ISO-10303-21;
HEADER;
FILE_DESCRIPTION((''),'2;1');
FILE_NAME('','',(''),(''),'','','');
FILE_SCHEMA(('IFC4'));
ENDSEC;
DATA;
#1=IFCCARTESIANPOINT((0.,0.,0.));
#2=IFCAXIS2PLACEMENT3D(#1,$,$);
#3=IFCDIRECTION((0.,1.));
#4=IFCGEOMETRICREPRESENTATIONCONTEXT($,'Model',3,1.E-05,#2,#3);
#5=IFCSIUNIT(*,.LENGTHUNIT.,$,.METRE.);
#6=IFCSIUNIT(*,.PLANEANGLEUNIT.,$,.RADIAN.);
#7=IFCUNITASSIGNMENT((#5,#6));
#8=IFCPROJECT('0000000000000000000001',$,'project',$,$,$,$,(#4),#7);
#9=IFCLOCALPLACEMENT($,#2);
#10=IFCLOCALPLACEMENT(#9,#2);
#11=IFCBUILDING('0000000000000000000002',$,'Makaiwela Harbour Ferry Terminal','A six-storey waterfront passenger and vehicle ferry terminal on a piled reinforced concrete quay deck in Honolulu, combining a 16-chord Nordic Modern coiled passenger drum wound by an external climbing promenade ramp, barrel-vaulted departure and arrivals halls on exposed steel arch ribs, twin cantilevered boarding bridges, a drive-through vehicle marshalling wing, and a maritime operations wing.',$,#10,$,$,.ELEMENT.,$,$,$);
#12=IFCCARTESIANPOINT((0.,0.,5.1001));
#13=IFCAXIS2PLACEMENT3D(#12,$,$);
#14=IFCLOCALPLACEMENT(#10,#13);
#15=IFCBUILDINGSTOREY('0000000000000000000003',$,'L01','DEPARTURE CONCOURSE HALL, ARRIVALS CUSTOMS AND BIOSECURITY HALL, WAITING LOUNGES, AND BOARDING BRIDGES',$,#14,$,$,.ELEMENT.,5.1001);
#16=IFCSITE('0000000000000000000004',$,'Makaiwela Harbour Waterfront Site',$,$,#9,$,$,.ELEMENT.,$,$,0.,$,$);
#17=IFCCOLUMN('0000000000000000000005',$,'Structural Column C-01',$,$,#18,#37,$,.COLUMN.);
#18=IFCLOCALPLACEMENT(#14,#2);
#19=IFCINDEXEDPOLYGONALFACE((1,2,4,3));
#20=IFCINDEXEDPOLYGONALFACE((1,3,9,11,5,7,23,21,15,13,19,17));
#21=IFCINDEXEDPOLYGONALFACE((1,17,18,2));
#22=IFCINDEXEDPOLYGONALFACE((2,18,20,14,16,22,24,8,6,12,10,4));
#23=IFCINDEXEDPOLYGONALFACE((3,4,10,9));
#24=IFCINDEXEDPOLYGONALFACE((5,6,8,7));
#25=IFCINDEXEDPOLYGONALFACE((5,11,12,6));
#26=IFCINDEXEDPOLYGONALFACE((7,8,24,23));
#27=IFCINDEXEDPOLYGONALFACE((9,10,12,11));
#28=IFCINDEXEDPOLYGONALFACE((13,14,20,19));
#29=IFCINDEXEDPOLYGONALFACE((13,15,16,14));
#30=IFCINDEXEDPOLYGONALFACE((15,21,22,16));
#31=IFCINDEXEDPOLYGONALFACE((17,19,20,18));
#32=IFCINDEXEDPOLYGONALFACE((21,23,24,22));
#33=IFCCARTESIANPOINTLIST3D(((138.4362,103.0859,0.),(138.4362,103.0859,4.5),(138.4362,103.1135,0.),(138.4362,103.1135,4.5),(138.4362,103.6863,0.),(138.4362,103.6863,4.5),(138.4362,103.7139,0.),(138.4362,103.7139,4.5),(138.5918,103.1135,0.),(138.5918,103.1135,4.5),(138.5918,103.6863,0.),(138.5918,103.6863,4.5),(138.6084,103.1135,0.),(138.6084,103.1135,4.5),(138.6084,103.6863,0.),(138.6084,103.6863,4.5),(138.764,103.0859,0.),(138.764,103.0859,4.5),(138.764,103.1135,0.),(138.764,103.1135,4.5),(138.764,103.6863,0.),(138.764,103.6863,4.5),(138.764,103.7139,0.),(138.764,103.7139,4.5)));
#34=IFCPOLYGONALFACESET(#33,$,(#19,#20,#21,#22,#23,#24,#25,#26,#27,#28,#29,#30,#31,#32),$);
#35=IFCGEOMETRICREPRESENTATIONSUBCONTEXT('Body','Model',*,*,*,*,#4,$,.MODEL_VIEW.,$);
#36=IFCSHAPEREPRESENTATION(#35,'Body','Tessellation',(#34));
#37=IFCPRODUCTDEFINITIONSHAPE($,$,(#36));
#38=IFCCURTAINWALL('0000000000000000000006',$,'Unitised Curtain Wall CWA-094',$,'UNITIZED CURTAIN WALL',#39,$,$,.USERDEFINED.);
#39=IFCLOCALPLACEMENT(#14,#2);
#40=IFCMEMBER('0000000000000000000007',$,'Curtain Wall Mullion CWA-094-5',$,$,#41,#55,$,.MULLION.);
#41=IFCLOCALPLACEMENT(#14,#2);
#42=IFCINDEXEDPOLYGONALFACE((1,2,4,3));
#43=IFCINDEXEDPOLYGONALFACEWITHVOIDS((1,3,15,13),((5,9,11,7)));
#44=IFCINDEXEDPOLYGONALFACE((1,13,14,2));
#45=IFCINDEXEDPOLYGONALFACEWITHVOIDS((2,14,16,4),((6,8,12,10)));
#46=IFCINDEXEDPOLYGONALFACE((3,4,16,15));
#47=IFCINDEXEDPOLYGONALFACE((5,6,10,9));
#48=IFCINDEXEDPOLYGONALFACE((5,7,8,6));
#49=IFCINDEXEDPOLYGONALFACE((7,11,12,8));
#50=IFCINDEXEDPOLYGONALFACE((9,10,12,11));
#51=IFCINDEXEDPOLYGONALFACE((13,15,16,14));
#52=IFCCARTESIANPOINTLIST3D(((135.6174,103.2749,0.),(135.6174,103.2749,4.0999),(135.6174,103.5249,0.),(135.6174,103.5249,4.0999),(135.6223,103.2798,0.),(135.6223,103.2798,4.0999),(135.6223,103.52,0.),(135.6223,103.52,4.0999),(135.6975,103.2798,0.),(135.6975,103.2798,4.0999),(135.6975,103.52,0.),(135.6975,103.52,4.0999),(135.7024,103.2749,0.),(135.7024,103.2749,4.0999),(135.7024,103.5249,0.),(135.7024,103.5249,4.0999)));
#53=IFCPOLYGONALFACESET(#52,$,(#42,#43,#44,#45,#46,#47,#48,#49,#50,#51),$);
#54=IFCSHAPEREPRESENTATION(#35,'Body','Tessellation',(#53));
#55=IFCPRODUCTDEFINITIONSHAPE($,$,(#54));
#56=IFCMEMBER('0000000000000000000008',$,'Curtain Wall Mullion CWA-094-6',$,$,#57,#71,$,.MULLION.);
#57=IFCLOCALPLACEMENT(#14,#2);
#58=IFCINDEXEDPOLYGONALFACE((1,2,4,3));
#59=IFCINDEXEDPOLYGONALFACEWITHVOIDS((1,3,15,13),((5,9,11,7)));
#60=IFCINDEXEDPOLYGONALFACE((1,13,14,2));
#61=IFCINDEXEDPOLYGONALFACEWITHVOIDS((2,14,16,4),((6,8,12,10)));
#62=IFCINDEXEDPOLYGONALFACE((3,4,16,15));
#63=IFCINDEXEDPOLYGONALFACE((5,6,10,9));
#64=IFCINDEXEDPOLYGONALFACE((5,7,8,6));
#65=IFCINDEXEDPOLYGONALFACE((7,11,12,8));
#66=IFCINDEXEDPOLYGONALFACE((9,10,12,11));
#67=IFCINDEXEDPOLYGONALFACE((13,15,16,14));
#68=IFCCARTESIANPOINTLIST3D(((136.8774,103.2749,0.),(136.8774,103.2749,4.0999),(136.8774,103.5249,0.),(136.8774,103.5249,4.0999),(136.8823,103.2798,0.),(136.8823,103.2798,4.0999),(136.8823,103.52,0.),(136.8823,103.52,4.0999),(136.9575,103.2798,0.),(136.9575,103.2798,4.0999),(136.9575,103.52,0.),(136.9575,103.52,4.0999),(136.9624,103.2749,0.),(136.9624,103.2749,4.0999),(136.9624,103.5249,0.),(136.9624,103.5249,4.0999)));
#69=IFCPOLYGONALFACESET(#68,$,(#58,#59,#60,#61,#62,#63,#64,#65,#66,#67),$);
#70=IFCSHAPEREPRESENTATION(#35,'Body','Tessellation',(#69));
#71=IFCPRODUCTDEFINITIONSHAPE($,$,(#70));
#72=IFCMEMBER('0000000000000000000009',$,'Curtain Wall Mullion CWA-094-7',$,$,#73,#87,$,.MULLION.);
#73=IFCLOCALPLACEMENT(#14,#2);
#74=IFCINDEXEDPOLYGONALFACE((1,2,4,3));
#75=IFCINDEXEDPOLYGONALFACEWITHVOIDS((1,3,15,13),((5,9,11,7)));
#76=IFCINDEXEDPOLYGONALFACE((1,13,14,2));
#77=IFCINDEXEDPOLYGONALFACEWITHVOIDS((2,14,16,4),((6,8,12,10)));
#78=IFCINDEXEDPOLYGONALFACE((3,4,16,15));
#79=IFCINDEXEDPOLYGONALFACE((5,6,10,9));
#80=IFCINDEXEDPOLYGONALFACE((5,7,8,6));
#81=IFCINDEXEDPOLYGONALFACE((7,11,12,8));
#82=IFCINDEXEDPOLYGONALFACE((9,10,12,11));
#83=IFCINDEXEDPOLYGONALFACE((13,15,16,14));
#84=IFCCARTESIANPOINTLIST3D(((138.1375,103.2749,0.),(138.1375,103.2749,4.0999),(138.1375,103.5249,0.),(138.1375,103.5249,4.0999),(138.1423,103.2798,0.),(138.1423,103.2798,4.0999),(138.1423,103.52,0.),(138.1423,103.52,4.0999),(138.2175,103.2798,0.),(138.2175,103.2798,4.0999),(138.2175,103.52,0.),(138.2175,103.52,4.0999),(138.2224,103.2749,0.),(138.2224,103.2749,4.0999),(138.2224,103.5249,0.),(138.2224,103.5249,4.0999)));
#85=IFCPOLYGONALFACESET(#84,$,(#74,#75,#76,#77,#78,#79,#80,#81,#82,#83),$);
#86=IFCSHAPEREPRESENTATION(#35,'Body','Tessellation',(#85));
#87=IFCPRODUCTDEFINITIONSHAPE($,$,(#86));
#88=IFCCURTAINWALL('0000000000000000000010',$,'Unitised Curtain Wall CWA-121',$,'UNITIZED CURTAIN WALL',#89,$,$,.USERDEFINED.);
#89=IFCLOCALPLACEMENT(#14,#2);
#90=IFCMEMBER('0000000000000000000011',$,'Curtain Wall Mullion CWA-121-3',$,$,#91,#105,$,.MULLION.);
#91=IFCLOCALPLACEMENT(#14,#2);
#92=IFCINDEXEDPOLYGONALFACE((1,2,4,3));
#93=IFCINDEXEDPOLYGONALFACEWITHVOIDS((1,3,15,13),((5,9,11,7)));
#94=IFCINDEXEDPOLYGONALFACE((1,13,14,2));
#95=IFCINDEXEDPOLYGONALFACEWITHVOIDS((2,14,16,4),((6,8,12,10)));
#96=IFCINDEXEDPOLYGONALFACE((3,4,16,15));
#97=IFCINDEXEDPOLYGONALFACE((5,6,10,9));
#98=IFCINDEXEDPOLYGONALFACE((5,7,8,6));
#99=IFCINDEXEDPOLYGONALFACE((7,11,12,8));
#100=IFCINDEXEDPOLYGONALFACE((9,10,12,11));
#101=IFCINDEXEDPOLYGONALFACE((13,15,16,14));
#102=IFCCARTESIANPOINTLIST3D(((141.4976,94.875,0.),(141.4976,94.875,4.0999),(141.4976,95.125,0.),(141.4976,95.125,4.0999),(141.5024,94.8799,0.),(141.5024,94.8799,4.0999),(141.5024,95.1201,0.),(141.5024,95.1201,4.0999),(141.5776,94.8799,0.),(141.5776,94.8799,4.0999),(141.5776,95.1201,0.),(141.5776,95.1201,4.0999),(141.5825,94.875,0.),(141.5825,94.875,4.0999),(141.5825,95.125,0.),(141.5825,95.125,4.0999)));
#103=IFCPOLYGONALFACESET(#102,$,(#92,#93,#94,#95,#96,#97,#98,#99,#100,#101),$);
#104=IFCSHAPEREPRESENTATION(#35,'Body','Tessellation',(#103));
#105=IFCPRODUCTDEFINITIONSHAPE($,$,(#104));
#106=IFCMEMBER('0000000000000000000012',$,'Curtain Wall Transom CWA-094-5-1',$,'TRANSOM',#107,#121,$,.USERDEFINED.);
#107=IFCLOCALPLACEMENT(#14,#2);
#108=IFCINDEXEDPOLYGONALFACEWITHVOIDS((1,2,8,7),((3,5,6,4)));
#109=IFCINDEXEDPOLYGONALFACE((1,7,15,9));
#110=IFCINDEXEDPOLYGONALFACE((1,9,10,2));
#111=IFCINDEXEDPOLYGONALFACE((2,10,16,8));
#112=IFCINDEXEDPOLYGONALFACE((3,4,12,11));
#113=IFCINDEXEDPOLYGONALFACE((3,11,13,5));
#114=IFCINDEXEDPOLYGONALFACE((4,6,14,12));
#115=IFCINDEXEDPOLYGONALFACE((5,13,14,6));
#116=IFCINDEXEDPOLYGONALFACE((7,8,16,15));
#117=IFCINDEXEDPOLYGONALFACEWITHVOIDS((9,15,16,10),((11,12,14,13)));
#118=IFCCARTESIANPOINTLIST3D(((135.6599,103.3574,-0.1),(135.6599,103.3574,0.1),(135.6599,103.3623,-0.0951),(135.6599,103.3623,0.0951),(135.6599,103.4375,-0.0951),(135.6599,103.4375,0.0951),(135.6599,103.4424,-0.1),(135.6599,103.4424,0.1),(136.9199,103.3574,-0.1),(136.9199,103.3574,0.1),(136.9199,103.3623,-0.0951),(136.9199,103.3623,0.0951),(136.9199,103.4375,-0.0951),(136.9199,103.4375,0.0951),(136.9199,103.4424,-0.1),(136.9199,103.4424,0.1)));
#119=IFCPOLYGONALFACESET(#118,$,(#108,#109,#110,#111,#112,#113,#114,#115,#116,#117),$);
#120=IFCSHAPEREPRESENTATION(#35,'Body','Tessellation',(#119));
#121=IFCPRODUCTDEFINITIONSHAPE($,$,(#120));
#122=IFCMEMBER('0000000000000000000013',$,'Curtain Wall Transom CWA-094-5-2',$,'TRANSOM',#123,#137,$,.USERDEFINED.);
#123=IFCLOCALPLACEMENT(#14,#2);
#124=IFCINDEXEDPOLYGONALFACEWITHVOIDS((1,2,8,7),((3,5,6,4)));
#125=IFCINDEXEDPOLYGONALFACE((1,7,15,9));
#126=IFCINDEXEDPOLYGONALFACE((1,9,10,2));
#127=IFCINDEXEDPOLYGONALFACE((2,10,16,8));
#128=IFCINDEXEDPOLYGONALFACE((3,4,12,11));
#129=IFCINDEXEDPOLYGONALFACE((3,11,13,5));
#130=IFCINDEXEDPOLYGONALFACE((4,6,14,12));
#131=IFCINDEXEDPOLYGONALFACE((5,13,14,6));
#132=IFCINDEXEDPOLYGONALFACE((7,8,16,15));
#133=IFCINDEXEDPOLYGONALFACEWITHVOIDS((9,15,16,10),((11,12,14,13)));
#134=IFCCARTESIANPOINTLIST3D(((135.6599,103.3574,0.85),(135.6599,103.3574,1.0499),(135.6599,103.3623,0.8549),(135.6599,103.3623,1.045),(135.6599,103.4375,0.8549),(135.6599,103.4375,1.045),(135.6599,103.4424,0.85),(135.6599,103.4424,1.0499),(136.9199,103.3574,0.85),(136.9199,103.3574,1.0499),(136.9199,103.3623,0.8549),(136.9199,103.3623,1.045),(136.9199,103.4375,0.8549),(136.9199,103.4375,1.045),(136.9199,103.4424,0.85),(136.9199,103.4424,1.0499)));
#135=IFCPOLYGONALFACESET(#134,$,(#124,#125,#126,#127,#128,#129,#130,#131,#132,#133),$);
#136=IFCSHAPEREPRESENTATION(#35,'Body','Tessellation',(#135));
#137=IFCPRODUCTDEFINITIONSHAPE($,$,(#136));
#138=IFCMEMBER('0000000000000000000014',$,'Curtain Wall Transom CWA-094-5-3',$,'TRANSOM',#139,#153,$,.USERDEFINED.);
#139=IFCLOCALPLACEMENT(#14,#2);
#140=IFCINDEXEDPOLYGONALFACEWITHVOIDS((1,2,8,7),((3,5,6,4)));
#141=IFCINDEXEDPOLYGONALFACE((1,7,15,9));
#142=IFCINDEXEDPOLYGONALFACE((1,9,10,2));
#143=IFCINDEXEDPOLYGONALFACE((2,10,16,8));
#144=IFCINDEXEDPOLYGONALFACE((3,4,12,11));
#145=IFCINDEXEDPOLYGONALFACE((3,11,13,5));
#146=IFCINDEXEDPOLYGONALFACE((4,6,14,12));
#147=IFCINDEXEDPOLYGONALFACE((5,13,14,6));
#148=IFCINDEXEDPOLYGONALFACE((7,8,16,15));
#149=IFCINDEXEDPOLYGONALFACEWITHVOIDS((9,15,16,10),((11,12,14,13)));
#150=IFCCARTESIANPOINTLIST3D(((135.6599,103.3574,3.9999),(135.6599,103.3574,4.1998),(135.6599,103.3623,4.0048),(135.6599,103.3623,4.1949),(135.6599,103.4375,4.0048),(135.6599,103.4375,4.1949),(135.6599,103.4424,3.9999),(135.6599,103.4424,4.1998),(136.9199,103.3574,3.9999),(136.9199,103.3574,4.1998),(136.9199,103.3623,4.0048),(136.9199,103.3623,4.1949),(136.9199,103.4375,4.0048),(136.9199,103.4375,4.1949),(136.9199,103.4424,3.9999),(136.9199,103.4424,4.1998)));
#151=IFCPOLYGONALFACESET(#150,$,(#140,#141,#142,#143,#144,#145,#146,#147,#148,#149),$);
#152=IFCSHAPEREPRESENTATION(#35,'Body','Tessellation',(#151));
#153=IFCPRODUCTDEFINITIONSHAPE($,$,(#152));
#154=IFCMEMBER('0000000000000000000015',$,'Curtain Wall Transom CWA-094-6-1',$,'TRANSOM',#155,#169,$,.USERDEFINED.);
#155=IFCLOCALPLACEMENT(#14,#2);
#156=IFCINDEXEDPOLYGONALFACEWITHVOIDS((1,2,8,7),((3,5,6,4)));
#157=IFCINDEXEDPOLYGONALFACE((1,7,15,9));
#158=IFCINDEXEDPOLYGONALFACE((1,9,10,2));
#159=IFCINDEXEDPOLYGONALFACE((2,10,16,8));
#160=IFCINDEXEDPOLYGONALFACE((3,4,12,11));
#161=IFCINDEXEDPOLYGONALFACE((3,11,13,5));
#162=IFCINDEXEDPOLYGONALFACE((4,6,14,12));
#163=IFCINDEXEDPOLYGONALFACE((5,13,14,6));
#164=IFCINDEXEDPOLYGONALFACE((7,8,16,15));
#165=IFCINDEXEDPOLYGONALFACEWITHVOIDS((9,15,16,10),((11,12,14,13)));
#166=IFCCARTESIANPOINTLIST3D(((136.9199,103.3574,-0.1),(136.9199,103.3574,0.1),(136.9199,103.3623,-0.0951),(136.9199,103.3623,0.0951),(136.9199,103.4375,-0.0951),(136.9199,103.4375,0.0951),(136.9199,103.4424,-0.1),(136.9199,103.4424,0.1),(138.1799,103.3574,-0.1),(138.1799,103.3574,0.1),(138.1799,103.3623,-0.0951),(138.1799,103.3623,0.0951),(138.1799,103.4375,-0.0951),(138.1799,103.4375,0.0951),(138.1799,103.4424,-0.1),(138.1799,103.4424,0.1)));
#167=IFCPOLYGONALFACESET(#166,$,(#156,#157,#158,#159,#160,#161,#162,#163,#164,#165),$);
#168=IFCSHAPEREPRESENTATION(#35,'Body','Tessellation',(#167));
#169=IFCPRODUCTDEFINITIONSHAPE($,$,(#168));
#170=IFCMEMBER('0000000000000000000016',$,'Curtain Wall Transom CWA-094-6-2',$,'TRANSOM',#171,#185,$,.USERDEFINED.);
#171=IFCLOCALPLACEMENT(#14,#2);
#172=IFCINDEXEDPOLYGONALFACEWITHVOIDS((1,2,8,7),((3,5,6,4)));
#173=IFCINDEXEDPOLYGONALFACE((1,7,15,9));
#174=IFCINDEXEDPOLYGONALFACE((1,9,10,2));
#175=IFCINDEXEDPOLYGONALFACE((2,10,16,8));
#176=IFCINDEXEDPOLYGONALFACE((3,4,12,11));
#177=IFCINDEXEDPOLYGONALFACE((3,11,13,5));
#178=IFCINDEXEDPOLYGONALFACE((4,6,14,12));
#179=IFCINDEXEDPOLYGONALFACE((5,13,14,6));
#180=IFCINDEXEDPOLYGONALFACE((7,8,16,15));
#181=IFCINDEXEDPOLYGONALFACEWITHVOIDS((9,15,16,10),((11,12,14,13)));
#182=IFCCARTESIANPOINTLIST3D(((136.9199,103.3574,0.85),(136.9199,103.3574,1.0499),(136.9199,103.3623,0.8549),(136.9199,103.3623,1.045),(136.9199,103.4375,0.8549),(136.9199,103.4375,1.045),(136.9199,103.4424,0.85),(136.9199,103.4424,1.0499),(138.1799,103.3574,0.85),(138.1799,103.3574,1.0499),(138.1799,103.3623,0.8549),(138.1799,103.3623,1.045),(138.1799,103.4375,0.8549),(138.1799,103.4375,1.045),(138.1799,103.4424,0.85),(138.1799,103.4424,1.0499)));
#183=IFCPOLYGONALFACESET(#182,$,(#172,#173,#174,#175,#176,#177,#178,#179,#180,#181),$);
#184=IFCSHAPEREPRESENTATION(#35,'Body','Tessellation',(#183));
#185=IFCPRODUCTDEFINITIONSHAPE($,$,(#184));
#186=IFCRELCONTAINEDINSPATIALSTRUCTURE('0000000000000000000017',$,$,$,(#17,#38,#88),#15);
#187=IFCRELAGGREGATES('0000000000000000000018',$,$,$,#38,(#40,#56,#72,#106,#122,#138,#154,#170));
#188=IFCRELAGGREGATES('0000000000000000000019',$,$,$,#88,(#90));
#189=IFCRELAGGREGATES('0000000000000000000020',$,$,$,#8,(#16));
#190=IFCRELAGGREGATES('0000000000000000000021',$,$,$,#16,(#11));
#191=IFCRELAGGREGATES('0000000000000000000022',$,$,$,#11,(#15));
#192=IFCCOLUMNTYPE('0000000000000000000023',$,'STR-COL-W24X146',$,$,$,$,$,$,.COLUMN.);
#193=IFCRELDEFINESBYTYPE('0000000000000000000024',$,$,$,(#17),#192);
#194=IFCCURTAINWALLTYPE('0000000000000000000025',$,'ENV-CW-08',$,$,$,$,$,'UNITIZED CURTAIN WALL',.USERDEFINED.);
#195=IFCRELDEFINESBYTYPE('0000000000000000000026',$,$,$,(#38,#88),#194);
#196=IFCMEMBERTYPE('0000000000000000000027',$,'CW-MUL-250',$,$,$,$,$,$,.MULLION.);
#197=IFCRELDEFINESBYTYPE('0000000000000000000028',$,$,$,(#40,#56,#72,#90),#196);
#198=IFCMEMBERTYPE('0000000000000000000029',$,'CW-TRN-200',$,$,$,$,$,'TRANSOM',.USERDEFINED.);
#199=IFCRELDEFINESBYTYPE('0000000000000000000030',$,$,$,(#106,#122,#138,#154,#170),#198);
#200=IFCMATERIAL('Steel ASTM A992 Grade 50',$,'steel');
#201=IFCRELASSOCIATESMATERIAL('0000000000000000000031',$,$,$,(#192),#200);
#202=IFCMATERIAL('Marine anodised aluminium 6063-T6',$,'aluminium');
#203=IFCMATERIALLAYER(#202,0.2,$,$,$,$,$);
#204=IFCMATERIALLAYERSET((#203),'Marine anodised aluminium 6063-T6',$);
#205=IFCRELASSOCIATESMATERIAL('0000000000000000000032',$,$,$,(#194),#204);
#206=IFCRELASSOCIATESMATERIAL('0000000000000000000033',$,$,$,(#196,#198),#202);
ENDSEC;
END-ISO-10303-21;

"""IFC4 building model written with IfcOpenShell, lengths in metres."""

from ifc_helpers import new_model, si_unit, direction, frame, origin, origin_2d, place, context, subcontext, project, spatial, hollow_rectangle, i_section, extrude, material, layer, layer_set, material_profile, profile_set, type_object, element, aggregate, save


model = new_model("IFC4")

# Units and contexts
model_context = context("Model", 3, precision=1e-05, world=origin(), true_north=direction((0.0, 1.0)))
body_context = subcontext(model_context, "Body", "Model", "MODEL_VIEW")
ifc_project = project(units=[si_unit("LENGTHUNIT", "METRE"), si_unit("PLANEANGLEUNIT", "RADIAN")], contexts=[model_context])

# Site, building, storey
site_placement = place(None, origin())
site = spatial("IfcSite", under=ifc_project, at=site_placement, Name="Makaiwela Harbour Waterfront Site", CompositionType="ELEMENT", RefElevation=0.0)
building_placement = place(site_placement, origin())
building = spatial("IfcBuilding", under=site, at=building_placement, Name="Makaiwela Harbour Ferry Terminal", Description="A six-storey waterfront passenger and vehicle ferry terminal on a piled reinforced concrete quay deck in Honolulu, combining a 16-chord Nordic Modern coiled passenger drum wound by an external climbing promenade ramp, barrel-vaulted departure and arrivals halls on exposed steel arch ribs, twin cantilevered boarding bridges, a drive-through vehicle marshalling wing, and a maritime operations wing.", CompositionType="ELEMENT")
storey_placement = place(building_placement, frame((0.0, 0.0, 5.1001)))
storey = spatial("IfcBuildingStorey", under=building, at=storey_placement, Name="L01", Description="DEPARTURE CONCOURSE HALL, ARRIVALS CUSTOMS AND BIOSECURITY HALL, WAITING LOUNGES, AND BOARDING BRIDGES", CompositionType="ELEMENT", Elevation=5.1001)

# Column
ifc_material_1 = material(Name="Steel ASTM A992 Grade 50", Category="steel")
ifc_material_profile_1 = material_profile(ifc_material_1, i_section(OverallWidth=0.3279, OverallDepth=0.6279, WebThickness=0.0166, FlangeThickness=0.0276, at=origin_2d()), Name="W24X146")
ifc_profile_set_1 = profile_set([ifc_material_profile_1], Name="Steel ASTM A992 Grade 50")
column_type = type_object("IfcColumnType", Name="STR-COL-W24X146", PredefinedType="COLUMN", material=ifc_profile_set_1)
column_placement = place(storey_placement, frame((138.6001, 103.3999, 0.0), z_axis=(0.0, 0.0, 1.0), x_axis=(1.0, 0.0, 0.0)))
element("IfcColumn", 1, at=column_placement, inside=storey, type_object=column_type, Name="Structural Column C-01", PredefinedType="COLUMN", context=body_context, shape_type="SweptSolid", body=[
    extrude(i_section(OverallWidth=0.3279, OverallDepth=0.6279, WebThickness=0.0166, FlangeThickness=0.0276, at=origin_2d()), origin(), (0.0, 0.0, 1.0), 4.5),
])

# Curtain wall, members
ifc_material_2 = material(Name="Marine anodised aluminium 6063-T6", Category="aluminium")
ifc_layer_1 = layer(ifc_material_2, 0.2)
ifc_layer_set_1 = layer_set([ifc_layer_1], Name="Marine anodised aluminium 6063-T6")
curtain_wall_type = type_object("IfcCurtainWallType", Name="ENV-CW-08", ElementType="UNITIZED CURTAIN WALL", PredefinedType="USERDEFINED", material=ifc_layer_set_1)
curtain_wall_1_placement = place(storey_placement, origin())
curtain_wall_1 = element("IfcCurtainWall", 2, at=curtain_wall_1_placement, inside=storey, type_object=curtain_wall_type, Name="Unitised Curtain Wall CWA-094", ObjectType="UNITIZED CURTAIN WALL", PredefinedType="USERDEFINED")
ifc_material_profile_2 = material_profile(ifc_material_2, hollow_rectangle(XDim=0.085, YDim=0.25, WallThickness=0.0049, at=origin_2d()), Name="CWM-250X85")
ifc_profile_set_2 = profile_set([ifc_material_profile_2], Name="Marine anodised aluminium 6063-T6")
member_type_1 = type_object("IfcMemberType", Name="CW-MUL-250", PredefinedType="MULLION", material=ifc_profile_set_2)
member_1_placement = place(storey_placement, frame((135.6599, 103.3999, 0.0), z_axis=(0.0, 0.0, 1.0), x_axis=(1.0, 0.0, 0.0)))
member_1 = element("IfcMember", 3, at=member_1_placement, type_object=member_type_1, Name="Curtain Wall Mullion CWA-094-5", PredefinedType="MULLION", context=body_context, shape_type="SweptSolid", body=[
    extrude(hollow_rectangle(XDim=0.085, YDim=0.25, WallThickness=0.0049, at=origin_2d()), origin(), (0.0, 0.0, 1.0), 4.0999),
])
member_2_placement = place(storey_placement, frame((136.9199, 103.3999, 0.0), z_axis=(0.0, 0.0, 1.0), x_axis=(1.0, 0.0, 0.0)))
member_2 = element("IfcMember", 4, at=member_2_placement, type_object=member_type_1, Name="Curtain Wall Mullion CWA-094-6", PredefinedType="MULLION", context=body_context, shape_type="SweptSolid", body=[
    extrude(hollow_rectangle(XDim=0.085, YDim=0.25, WallThickness=0.0049, at=origin_2d()), origin(), (0.0, 0.0, 1.0), 4.0999),
])
member_3_placement = place(storey_placement, frame((138.1799, 103.3999, 0.0), z_axis=(0.0, 0.0, 1.0), x_axis=(1.0, 0.0, 0.0)))
member_3 = element("IfcMember", 5, at=member_3_placement, type_object=member_type_1, Name="Curtain Wall Mullion CWA-094-7", PredefinedType="MULLION", context=body_context, shape_type="SweptSolid", body=[
    extrude(hollow_rectangle(XDim=0.085, YDim=0.25, WallThickness=0.0049, at=origin_2d()), origin(), (0.0, 0.0, 1.0), 4.0999),
])

# Curtain wall, member
curtain_wall_2_placement = place(storey_placement, origin())
curtain_wall_2 = element("IfcCurtainWall", 6, at=curtain_wall_2_placement, inside=storey, type_object=curtain_wall_type, Name="Unitised Curtain Wall CWA-121", ObjectType="UNITIZED CURTAIN WALL", PredefinedType="USERDEFINED")
member_4_placement = place(storey_placement, frame((141.54, 95.0, 0.0), z_axis=(0.0, 0.0, 1.0), x_axis=(1.0, 0.0, 0.0)))
member_4 = element("IfcMember", 7, at=member_4_placement, type_object=member_type_1, Name="Curtain Wall Mullion CWA-121-3", PredefinedType="MULLION", context=body_context, shape_type="SweptSolid", body=[
    extrude(hollow_rectangle(XDim=0.085, YDim=0.25, WallThickness=0.0049, at=origin_2d()), origin(), (0.0, 0.0, 1.0), 4.0999),
])

# Members
ifc_material_profile_3 = material_profile(ifc_material_2, hollow_rectangle(XDim=0.085, YDim=0.2, WallThickness=0.0049, at=origin_2d()), Name="CWT-200X85")
ifc_profile_set_3 = profile_set([ifc_material_profile_3], Name="Marine anodised aluminium 6063-T6")
member_type_2 = type_object("IfcMemberType", Name="CW-TRN-200", ElementType="TRANSOM", PredefinedType="USERDEFINED", material=ifc_profile_set_3)
member_5_placement = place(storey_placement, frame((135.6599, 103.3999, 0.0), z_axis=(1.0, 0.0, 0.0), x_axis=(0.0, 1.0, 0.0)))
member_5 = element("IfcMember", 8, at=member_5_placement, type_object=member_type_2, Name="Curtain Wall Transom CWA-094-5-1", ObjectType="TRANSOM", PredefinedType="USERDEFINED", context=body_context, shape_type="SweptSolid", body=[
    extrude(hollow_rectangle(XDim=0.085, YDim=0.2, WallThickness=0.0049, at=origin_2d()), origin(), (0.0, 0.0, 1.0), 1.26),
])
member_6_placement = place(storey_placement, frame((135.6599, 103.3999, 0.95), z_axis=(1.0, 0.0, 0.0), x_axis=(0.0, 1.0, 0.0)))
member_6 = element("IfcMember", 9, at=member_6_placement, type_object=member_type_2, Name="Curtain Wall Transom CWA-094-5-2", ObjectType="TRANSOM", PredefinedType="USERDEFINED", context=body_context, shape_type="SweptSolid", body=[
    extrude(hollow_rectangle(XDim=0.085, YDim=0.2, WallThickness=0.0049, at=origin_2d()), origin(), (0.0, 0.0, 1.0), 1.26),
])
member_7_placement = place(storey_placement, frame((135.6599, 103.3999, 4.0999), z_axis=(1.0, 0.0, 0.0), x_axis=(0.0, 1.0, 0.0)))
member_7 = element("IfcMember", 10, at=member_7_placement, type_object=member_type_2, Name="Curtain Wall Transom CWA-094-5-3", ObjectType="TRANSOM", PredefinedType="USERDEFINED", context=body_context, shape_type="SweptSolid", body=[
    extrude(hollow_rectangle(XDim=0.085, YDim=0.2, WallThickness=0.0049, at=origin_2d()), origin(), (0.0, 0.0, 1.0), 1.26),
])
member_8_placement = place(storey_placement, frame((136.9199, 103.3999, 0.0), z_axis=(1.0, 0.0, 0.0), x_axis=(0.0, 1.0, 0.0)))
member_8 = element("IfcMember", 11, at=member_8_placement, type_object=member_type_2, Name="Curtain Wall Transom CWA-094-6-1", ObjectType="TRANSOM", PredefinedType="USERDEFINED", context=body_context, shape_type="SweptSolid", body=[
    extrude(hollow_rectangle(XDim=0.085, YDim=0.2, WallThickness=0.0049, at=origin_2d()), origin(), (0.0, 0.0, 1.0), 1.26),
])
member_9_placement = place(storey_placement, frame((136.9199, 103.3999, 0.95), z_axis=(1.0, 0.0, 0.0), x_axis=(0.0, 1.0, 0.0)))
member_9 = element("IfcMember", 12, at=member_9_placement, type_object=member_type_2, Name="Curtain Wall Transom CWA-094-6-2", ObjectType="TRANSOM", PredefinedType="USERDEFINED", context=body_context, shape_type="SweptSolid", body=[
    extrude(hollow_rectangle(XDim=0.085, YDim=0.2, WallThickness=0.0049, at=origin_2d()), origin(), (0.0, 0.0, 1.0), 1.26),
])

aggregate(curtain_wall_1, [member_1, member_2, member_3, member_5, member_6, member_7, member_8, member_9])
aggregate(curtain_wall_2, [member_4])

save(model, "model.ifc")
